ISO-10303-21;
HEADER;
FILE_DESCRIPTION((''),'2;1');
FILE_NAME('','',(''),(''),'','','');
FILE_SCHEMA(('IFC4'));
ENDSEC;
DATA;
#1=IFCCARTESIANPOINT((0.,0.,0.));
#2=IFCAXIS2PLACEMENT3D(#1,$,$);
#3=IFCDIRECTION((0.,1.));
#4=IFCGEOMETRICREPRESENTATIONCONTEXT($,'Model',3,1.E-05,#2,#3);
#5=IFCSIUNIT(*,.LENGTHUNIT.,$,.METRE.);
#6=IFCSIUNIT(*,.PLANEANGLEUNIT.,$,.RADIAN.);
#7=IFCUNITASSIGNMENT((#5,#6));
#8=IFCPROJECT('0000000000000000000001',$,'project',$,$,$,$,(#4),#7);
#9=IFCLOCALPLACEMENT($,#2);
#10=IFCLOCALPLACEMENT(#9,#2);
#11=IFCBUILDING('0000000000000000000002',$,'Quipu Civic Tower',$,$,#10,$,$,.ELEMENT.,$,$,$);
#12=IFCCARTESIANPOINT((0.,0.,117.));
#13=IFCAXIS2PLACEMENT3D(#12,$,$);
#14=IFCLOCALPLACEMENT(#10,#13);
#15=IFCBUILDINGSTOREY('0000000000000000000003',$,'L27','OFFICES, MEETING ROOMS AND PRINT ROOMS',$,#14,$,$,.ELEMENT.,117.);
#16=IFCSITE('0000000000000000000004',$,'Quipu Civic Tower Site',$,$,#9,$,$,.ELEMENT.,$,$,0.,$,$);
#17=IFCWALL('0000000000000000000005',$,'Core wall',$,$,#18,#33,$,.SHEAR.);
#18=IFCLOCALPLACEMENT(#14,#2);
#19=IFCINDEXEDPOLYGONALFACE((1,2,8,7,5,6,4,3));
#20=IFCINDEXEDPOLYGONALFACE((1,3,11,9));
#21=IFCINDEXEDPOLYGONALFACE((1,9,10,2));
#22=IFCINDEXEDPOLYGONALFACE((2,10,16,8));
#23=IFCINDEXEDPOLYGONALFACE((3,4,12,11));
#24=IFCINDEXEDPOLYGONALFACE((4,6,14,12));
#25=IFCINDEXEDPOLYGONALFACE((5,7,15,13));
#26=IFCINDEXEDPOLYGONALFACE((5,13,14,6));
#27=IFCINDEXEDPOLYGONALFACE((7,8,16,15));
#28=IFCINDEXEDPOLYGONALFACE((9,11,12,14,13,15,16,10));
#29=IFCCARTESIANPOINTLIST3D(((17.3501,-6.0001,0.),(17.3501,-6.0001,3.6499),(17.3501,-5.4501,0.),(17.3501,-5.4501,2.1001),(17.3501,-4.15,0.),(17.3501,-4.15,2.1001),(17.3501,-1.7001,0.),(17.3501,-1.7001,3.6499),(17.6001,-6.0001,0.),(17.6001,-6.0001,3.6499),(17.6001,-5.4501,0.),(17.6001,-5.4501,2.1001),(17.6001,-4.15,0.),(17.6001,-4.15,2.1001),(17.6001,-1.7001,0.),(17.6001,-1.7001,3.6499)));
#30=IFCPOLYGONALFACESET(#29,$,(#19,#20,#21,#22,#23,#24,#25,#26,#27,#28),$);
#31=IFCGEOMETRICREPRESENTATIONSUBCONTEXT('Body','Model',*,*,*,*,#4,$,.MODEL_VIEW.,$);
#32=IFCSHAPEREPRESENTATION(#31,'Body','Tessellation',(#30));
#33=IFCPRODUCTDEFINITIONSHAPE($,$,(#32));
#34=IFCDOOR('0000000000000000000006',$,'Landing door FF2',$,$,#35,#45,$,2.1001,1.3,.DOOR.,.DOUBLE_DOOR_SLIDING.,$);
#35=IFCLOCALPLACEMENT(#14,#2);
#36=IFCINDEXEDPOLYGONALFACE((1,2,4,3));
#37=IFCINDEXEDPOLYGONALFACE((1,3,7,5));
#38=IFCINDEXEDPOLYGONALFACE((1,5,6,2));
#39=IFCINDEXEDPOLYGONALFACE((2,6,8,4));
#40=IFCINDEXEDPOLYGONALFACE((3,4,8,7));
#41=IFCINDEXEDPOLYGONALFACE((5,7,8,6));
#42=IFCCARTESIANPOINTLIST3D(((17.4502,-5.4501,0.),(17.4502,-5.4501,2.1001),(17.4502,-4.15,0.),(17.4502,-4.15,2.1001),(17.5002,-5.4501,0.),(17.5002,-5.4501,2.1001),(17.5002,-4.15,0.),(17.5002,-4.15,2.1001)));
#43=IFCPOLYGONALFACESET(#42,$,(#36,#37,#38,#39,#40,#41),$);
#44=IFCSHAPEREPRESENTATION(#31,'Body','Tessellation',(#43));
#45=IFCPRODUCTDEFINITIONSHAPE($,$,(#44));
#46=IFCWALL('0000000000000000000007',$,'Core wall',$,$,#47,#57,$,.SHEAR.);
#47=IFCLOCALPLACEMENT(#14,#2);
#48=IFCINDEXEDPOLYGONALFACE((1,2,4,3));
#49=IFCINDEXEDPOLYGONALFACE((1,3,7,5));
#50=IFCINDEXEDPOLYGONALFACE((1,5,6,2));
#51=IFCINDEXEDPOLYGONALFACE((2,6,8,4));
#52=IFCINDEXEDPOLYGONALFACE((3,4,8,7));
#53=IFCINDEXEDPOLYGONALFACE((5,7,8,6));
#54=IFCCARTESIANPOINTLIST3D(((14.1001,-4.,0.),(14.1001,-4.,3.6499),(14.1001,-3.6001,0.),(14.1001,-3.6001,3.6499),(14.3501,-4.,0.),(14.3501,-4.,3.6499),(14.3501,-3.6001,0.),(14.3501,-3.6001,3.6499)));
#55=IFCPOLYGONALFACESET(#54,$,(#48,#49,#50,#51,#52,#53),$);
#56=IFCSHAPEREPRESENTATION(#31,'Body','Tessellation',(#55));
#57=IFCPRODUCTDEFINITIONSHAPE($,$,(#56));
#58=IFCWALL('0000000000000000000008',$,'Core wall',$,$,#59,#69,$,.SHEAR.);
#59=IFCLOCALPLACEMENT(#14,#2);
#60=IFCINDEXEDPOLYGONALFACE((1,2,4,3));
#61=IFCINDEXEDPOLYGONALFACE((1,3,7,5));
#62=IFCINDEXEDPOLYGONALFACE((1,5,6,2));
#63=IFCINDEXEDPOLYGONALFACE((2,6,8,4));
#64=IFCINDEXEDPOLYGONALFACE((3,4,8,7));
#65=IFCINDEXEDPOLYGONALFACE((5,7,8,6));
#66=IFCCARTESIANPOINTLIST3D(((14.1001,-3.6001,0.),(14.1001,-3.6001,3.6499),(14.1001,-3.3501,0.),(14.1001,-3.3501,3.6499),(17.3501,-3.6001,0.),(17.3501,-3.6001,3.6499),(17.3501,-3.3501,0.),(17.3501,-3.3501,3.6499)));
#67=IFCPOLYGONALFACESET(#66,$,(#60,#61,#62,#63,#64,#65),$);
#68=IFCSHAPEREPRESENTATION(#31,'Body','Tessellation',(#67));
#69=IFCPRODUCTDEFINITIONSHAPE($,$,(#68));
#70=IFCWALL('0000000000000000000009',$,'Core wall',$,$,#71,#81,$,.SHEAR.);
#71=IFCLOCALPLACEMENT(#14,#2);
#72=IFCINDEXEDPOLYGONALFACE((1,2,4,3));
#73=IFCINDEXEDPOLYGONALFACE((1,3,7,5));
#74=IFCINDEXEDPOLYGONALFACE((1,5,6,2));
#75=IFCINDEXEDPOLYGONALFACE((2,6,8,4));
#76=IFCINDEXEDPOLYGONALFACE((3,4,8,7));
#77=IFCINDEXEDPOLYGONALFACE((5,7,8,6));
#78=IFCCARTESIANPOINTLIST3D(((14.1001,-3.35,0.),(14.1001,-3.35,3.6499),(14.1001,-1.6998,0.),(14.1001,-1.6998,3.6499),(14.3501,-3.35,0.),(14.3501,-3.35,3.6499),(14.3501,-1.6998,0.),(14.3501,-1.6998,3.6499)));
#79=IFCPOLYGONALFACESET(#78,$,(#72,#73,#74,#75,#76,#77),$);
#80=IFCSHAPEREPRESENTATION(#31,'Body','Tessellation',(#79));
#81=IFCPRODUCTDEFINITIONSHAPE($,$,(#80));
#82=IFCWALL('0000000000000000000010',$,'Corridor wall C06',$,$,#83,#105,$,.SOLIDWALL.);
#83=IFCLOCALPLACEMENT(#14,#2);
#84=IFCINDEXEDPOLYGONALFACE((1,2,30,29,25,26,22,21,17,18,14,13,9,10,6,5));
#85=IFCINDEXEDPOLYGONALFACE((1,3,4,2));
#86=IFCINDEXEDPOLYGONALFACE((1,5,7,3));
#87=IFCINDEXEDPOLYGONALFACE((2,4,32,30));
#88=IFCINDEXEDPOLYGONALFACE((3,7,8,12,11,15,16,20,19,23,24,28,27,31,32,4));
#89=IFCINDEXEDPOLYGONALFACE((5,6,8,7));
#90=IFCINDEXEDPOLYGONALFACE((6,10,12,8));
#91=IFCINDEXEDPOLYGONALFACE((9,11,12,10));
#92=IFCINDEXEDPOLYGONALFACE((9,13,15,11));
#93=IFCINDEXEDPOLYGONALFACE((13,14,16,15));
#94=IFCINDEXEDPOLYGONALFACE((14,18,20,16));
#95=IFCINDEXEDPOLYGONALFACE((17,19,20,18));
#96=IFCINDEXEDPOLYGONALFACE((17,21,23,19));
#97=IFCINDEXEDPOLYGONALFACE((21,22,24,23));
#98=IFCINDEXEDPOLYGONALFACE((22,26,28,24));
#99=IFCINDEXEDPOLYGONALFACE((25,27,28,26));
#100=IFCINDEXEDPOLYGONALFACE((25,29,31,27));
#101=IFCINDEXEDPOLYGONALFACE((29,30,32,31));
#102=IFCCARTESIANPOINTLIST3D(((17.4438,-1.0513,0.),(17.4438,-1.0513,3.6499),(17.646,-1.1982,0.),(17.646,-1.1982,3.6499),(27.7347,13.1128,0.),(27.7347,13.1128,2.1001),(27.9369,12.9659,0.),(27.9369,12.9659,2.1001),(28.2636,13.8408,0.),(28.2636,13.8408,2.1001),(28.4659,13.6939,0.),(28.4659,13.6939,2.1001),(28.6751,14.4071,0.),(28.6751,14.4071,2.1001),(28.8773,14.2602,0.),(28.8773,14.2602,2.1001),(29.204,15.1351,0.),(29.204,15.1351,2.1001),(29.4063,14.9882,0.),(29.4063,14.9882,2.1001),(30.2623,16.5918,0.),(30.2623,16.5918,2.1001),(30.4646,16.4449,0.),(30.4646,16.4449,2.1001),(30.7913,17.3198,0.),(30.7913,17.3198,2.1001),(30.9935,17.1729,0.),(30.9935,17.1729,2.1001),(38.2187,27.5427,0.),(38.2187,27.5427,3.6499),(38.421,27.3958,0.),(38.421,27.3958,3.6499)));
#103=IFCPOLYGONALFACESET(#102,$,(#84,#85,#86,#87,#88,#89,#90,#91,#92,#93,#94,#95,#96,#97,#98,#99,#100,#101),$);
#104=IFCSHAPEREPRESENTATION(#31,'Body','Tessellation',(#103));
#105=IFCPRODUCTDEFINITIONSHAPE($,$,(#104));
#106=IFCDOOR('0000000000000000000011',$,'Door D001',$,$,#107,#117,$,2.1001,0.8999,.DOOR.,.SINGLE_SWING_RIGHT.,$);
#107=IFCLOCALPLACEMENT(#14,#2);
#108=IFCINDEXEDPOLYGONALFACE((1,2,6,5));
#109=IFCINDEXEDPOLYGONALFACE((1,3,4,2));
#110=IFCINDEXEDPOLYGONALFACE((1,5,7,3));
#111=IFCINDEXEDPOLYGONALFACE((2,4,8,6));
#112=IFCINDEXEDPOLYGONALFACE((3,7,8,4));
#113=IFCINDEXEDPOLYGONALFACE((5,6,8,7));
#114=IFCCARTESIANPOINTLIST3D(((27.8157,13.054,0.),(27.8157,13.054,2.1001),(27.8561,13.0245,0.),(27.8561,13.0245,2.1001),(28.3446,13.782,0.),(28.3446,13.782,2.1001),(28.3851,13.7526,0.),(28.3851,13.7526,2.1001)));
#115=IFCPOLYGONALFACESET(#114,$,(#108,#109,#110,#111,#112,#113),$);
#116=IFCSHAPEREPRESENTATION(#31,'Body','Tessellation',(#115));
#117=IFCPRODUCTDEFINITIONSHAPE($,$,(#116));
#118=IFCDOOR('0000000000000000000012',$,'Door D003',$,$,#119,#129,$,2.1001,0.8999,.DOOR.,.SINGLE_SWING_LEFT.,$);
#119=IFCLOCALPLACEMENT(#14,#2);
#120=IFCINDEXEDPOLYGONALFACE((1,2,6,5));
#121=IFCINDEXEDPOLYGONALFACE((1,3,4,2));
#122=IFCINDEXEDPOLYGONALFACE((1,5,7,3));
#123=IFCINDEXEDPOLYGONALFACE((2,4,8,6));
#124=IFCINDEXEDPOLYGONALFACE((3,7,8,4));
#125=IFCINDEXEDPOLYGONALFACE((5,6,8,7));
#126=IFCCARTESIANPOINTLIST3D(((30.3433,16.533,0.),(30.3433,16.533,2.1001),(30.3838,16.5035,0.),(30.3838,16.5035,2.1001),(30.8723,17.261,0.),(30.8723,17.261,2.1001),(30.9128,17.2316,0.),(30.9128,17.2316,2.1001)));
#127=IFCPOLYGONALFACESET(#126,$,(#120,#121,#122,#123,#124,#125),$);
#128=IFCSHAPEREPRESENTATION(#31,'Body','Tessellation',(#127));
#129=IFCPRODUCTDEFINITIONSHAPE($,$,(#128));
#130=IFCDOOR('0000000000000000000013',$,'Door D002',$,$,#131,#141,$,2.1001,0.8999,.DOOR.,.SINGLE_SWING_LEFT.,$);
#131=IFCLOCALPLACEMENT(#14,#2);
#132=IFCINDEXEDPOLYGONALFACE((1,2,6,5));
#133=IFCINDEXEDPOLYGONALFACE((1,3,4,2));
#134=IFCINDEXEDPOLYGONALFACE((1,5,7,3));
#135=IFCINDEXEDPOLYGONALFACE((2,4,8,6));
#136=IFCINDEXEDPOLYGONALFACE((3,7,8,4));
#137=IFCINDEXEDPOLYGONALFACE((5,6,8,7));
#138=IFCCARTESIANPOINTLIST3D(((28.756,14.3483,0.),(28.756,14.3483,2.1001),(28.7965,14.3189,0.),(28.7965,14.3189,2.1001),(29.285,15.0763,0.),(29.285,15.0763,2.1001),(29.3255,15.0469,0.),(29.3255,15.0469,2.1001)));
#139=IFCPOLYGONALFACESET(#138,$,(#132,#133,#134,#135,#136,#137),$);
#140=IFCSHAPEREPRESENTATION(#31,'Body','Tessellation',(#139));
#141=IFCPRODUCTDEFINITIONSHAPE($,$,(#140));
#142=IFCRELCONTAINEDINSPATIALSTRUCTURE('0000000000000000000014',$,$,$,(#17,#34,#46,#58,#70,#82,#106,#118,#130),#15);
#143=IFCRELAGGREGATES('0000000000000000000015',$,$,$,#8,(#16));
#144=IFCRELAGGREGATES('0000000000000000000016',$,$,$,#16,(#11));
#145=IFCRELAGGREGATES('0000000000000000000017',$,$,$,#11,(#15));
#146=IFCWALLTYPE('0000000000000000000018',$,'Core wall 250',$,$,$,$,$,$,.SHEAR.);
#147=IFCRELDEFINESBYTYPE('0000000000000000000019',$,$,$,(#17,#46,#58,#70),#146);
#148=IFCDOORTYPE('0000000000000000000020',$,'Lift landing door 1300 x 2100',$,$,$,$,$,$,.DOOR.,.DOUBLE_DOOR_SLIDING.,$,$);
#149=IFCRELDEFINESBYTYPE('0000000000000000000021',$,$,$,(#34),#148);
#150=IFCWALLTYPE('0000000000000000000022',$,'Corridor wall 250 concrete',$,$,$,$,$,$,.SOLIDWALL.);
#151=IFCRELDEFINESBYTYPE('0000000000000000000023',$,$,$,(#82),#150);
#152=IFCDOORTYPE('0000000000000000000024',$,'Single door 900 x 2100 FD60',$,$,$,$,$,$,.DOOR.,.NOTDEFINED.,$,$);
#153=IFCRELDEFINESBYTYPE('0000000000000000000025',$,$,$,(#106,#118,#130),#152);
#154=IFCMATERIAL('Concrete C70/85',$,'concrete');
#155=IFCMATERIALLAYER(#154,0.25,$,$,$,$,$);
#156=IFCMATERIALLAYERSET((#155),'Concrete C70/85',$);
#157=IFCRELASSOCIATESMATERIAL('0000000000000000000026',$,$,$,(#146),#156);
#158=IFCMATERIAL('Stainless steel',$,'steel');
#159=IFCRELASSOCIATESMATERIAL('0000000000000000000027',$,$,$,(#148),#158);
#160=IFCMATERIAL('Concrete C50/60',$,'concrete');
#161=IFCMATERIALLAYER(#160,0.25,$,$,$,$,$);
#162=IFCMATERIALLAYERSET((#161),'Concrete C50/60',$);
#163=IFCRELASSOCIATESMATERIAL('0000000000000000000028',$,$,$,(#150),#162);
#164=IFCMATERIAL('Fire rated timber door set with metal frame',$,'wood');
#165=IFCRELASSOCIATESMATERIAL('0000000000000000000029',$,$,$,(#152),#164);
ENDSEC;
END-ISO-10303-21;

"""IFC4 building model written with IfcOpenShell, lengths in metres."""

from ifc_helpers import new_model, si_unit, direction, frame, frame_2d, origin, place, context, subcontext, project, spatial, rectangle, extrude, material, layer, layer_set, type_object, element, fill, save


model = new_model("IFC4")

# Units and contexts
model_context = context("Model", 3, precision=1e-05, world=origin(), true_north=direction((0.0, 1.0)))
body_context = subcontext(model_context, "Body", "Model", "MODEL_VIEW")
ifc_project = project(units=[si_unit("LENGTHUNIT", "METRE"), si_unit("PLANEANGLEUNIT", "RADIAN")], contexts=[model_context])

# Site, building, storey
site_placement = place(None, origin())
site = spatial("IfcSite", under=ifc_project, at=site_placement, Name="Quipu Civic Tower Site", CompositionType="ELEMENT", RefElevation=0.0)
building_placement = place(site_placement, origin())
building = spatial("IfcBuilding", under=site, at=building_placement, Name="Quipu Civic Tower", CompositionType="ELEMENT")
storey_placement = place(building_placement, frame((0.0, 0.0, 117.0)))
storey = spatial("IfcBuildingStorey", under=building, at=storey_placement, Name="L27", Description="OFFICES, MEETING ROOMS AND PRINT ROOMS", CompositionType="ELEMENT", Elevation=117.0)

# Shared definitions
ifc_material_1 = material(Name="Concrete C70/85", Category="concrete")
ifc_layer_1 = layer(ifc_material_1, 0.25)
ifc_layer_set_1 = layer_set([ifc_layer_1], Name="Concrete C70/85")
wall_type_1 = type_object("IfcWallType", Name="Core wall 250", PredefinedType="SHEAR", material=ifc_layer_set_1)

# Wall, opening, door
wall_1_placement = place(storey_placement, frame((17.4751, -6.0, 0.0), z_axis=(0.0, 0.0, 1.0), x_axis=(0.0, 1.0, 0.0)))
wall_1 = element("IfcWall", 1, at=wall_1_placement, inside=storey, type_object=wall_type_1, Name="Core wall", PredefinedType="SHEAR", context=body_context, shape_type="SweptSolid", body=[
    extrude(rectangle(XDim=4.3, YDim=0.25, at=frame_2d((2.1499, 0.0))), origin(), (0.0, 0.0, 1.0), 3.6499),
])
opening_1_placement = place(wall_1_placement, frame((0.55, 0.0, 0.0)))
opening_1 = element("IfcOpeningElement", 2, at=opening_1_placement, cuts=wall_1, PredefinedType="OPENING", context=body_context, shape_type="SweptSolid", body=[
    extrude(rectangle(XDim=1.3, YDim=2.1001, at=frame_2d((0.6499, 1.05))), frame((0.0, 0.135, 0.0), z_axis=(0.0, -1.0, 0.0), x_axis=(1.0, 0.0, 0.0)), (0.0, 0.0, 1.0), 0.27),
])
ifc_material_2 = material(Name="Stainless steel", Category="steel")
door_type_1 = type_object("IfcDoorType", Name="Lift landing door 1300 x 2100", OperationType="DOUBLE_DOOR_SLIDING", PredefinedType="DOOR", material=ifc_material_2)
door_1_placement = place(opening_1_placement, origin())
door_1 = element("IfcDoor", 3, at=door_1_placement, inside=storey, type_object=door_type_1, Name="Landing door FF2", OperationType="DOUBLE_DOOR_SLIDING", OverallHeight=2.1001, OverallWidth=1.3, PredefinedType="DOOR", context=body_context, shape_type="SweptSolid", body=[
    extrude(rectangle(XDim=1.3, YDim=2.1001, at=frame_2d((0.6499, 1.05))), frame((0.0, 0.0249, 0.0), z_axis=(0.0, -1.0, 0.0), x_axis=(1.0, 0.0, 0.0)), (0.0, 0.0, 1.0), 0.05),
])
fill(opening_1, door_1)

# Walls
wall_2_placement = place(storey_placement, frame((14.2251, -4.0, 0.0), z_axis=(0.0, 0.0, 1.0), x_axis=(0.0, 1.0, 0.0)))
element("IfcWall", 4, at=wall_2_placement, inside=storey, type_object=wall_type_1, Name="Core wall", PredefinedType="SHEAR", context=body_context, shape_type="SweptSolid", body=[
    extrude(rectangle(XDim=0.3999, YDim=0.25, at=frame_2d((0.2, 0.0))), origin(), (0.0, 0.0, 1.0), 3.6499),
])
wall_3_placement = place(storey_placement, frame((14.1001, -3.4751, 0.0), z_axis=(0.0, 0.0, 1.0), x_axis=(1.0, 0.0, 0.0)))
element("IfcWall", 5, at=wall_3_placement, inside=storey, type_object=wall_type_1, Name="Core wall", PredefinedType="SHEAR", context=body_context, shape_type="SweptSolid", body=[
    extrude(rectangle(XDim=3.25, YDim=0.25, at=frame_2d((1.625, 0.0))), origin(), (0.0, 0.0, 1.0), 3.6499),
])
wall_4_placement = place(storey_placement, frame((14.2251, -3.3501, 0.0), z_axis=(0.0, 0.0, 1.0), x_axis=(0.0, 1.0, 0.0)))
element("IfcWall", 6, at=wall_4_placement, inside=storey, type_object=wall_type_1, Name="Core wall", PredefinedType="SHEAR", context=body_context, shape_type="SweptSolid", body=[
    extrude(rectangle(XDim=1.6501, YDim=0.25, at=frame_2d((0.8252, 0.0))), origin(), (0.0, 0.0, 1.0), 3.6499),
])

# Wall, openings, doors
ifc_material_3 = material(Name="Concrete C50/60", Category="concrete")
ifc_layer_2 = layer(ifc_material_3, 0.25)
ifc_layer_set_2 = layer_set([ifc_layer_2], Name="Concrete C50/60")
wall_type_2 = type_object("IfcWallType", Name="Corridor wall 250 concrete", PredefinedType="SOLIDWALL", material=ifc_layer_set_2)
wall_5_placement = place(storey_placement, frame((17.5449, -1.1248, 0.0), z_axis=(0.0, 0.0, 1.0), x_axis=(0.587788, 0.809015, 0.0)))
wall_5 = element("IfcWall", 7, at=wall_5_placement, inside=storey, type_object=wall_type_2, Name="Corridor wall C06", PredefinedType="SOLIDWALL", context=body_context, shape_type="SweptSolid", body=[
    extrude(rectangle(XDim=35.3442, YDim=0.25, at=frame_2d((17.6721, 0.0))), origin(), (0.0, 0.0, 1.0), 3.6499),
])
opening_2_placement = place(wall_5_placement, frame((17.5078, 0.0, 0.0)))
opening_2 = element("IfcOpeningElement", 8, at=opening_2_placement, cuts=wall_5, PredefinedType="OPENING", context=body_context, shape_type="SweptSolid", body=[
    extrude(rectangle(XDim=0.8999, YDim=2.1001, at=frame_2d((0.45, 1.05))), frame((0.0, 0.135, 0.0), z_axis=(0.0, -1.0, 0.0), x_axis=(1.0, 0.0, 0.0)), (0.0, 0.0, 1.0), 0.27),
])
opening_3_placement = place(wall_5_placement, frame((21.8081, 0.0, 0.0)))
opening_3 = element("IfcOpeningElement", 9, at=opening_3_placement, cuts=wall_5, PredefinedType="OPENING", context=body_context, shape_type="SweptSolid", body=[
    extrude(rectangle(XDim=0.8999, YDim=2.1001, at=frame_2d((0.45, 1.05))), frame((0.0, 0.135, 0.0), z_axis=(0.0, -1.0, 0.0), x_axis=(1.0, 0.0, 0.0)), (0.0, 0.0, 1.0), 0.27),
])
opening_4_placement = place(wall_5_placement, frame((19.1077, 0.0, 0.0)))
opening_4 = element("IfcOpeningElement", 10, at=opening_4_placement, cuts=wall_5, PredefinedType="OPENING", context=body_context, shape_type="SweptSolid", body=[
    extrude(rectangle(XDim=0.8999, YDim=2.1001, at=frame_2d((0.45, 1.05))), frame((0.0, 0.135, 0.0), z_axis=(0.0, -1.0, 0.0), x_axis=(1.0, 0.0, 0.0)), (0.0, 0.0, 1.0), 0.27),
])
ifc_material_4 = material(Name="Fire rated timber door set with metal frame", Category="wood")
door_type_2 = type_object("IfcDoorType", Name="Single door 900 x 2100 FD60", OperationType="NOTDEFINED", PredefinedType="DOOR", material=ifc_material_4)
door_2_placement = place(opening_2_placement, origin())
door_2 = element("IfcDoor", 11, at=door_2_placement, inside=storey, type_object=door_type_2, Name="Door D001", OperationType="SINGLE_SWING_RIGHT", OverallHeight=2.1001, OverallWidth=0.8999, PredefinedType="DOOR", context=body_context, shape_type="SweptSolid", body=[
    extrude(rectangle(XDim=0.8999, YDim=2.1001, at=frame_2d((0.45, 1.05))), frame((0.0, 0.0249, 0.0), z_axis=(0.0, -1.0, 0.0), x_axis=(1.0, 0.0, 0.0)), (0.0, 0.0, 1.0), 0.05),
])
fill(opening_2, door_2)
door_3_placement = place(opening_3_placement, origin())
door_3 = element("IfcDoor", 12, at=door_3_placement, inside=storey, type_object=door_type_2, Name="Door D003", OperationType="SINGLE_SWING_LEFT", OverallHeight=2.1001, OverallWidth=0.8999, PredefinedType="DOOR", context=body_context, shape_type="SweptSolid", body=[
    extrude(rectangle(XDim=0.8999, YDim=2.1001, at=frame_2d((0.45, 1.05))), frame((0.0, 0.0249, 0.0), z_axis=(0.0, -1.0, 0.0), x_axis=(1.0, 0.0, 0.0)), (0.0, 0.0, 1.0), 0.05),
])
fill(opening_3, door_3)
door_4_placement = place(opening_4_placement, origin())
door_4 = element("IfcDoor", 13, at=door_4_placement, inside=storey, type_object=door_type_2, Name="Door D002", OperationType="SINGLE_SWING_LEFT", OverallHeight=2.1001, OverallWidth=0.8999, PredefinedType="DOOR", context=body_context, shape_type="SweptSolid", body=[
    extrude(rectangle(XDim=0.8999, YDim=2.1001, at=frame_2d((0.45, 1.05))), frame((0.0, 0.0249, 0.0), z_axis=(0.0, -1.0, 0.0), x_axis=(1.0, 0.0, 0.0)), (0.0, 0.0, 1.0), 0.05),
])
fill(opening_4, door_4)

save(model, "model.ifc")
